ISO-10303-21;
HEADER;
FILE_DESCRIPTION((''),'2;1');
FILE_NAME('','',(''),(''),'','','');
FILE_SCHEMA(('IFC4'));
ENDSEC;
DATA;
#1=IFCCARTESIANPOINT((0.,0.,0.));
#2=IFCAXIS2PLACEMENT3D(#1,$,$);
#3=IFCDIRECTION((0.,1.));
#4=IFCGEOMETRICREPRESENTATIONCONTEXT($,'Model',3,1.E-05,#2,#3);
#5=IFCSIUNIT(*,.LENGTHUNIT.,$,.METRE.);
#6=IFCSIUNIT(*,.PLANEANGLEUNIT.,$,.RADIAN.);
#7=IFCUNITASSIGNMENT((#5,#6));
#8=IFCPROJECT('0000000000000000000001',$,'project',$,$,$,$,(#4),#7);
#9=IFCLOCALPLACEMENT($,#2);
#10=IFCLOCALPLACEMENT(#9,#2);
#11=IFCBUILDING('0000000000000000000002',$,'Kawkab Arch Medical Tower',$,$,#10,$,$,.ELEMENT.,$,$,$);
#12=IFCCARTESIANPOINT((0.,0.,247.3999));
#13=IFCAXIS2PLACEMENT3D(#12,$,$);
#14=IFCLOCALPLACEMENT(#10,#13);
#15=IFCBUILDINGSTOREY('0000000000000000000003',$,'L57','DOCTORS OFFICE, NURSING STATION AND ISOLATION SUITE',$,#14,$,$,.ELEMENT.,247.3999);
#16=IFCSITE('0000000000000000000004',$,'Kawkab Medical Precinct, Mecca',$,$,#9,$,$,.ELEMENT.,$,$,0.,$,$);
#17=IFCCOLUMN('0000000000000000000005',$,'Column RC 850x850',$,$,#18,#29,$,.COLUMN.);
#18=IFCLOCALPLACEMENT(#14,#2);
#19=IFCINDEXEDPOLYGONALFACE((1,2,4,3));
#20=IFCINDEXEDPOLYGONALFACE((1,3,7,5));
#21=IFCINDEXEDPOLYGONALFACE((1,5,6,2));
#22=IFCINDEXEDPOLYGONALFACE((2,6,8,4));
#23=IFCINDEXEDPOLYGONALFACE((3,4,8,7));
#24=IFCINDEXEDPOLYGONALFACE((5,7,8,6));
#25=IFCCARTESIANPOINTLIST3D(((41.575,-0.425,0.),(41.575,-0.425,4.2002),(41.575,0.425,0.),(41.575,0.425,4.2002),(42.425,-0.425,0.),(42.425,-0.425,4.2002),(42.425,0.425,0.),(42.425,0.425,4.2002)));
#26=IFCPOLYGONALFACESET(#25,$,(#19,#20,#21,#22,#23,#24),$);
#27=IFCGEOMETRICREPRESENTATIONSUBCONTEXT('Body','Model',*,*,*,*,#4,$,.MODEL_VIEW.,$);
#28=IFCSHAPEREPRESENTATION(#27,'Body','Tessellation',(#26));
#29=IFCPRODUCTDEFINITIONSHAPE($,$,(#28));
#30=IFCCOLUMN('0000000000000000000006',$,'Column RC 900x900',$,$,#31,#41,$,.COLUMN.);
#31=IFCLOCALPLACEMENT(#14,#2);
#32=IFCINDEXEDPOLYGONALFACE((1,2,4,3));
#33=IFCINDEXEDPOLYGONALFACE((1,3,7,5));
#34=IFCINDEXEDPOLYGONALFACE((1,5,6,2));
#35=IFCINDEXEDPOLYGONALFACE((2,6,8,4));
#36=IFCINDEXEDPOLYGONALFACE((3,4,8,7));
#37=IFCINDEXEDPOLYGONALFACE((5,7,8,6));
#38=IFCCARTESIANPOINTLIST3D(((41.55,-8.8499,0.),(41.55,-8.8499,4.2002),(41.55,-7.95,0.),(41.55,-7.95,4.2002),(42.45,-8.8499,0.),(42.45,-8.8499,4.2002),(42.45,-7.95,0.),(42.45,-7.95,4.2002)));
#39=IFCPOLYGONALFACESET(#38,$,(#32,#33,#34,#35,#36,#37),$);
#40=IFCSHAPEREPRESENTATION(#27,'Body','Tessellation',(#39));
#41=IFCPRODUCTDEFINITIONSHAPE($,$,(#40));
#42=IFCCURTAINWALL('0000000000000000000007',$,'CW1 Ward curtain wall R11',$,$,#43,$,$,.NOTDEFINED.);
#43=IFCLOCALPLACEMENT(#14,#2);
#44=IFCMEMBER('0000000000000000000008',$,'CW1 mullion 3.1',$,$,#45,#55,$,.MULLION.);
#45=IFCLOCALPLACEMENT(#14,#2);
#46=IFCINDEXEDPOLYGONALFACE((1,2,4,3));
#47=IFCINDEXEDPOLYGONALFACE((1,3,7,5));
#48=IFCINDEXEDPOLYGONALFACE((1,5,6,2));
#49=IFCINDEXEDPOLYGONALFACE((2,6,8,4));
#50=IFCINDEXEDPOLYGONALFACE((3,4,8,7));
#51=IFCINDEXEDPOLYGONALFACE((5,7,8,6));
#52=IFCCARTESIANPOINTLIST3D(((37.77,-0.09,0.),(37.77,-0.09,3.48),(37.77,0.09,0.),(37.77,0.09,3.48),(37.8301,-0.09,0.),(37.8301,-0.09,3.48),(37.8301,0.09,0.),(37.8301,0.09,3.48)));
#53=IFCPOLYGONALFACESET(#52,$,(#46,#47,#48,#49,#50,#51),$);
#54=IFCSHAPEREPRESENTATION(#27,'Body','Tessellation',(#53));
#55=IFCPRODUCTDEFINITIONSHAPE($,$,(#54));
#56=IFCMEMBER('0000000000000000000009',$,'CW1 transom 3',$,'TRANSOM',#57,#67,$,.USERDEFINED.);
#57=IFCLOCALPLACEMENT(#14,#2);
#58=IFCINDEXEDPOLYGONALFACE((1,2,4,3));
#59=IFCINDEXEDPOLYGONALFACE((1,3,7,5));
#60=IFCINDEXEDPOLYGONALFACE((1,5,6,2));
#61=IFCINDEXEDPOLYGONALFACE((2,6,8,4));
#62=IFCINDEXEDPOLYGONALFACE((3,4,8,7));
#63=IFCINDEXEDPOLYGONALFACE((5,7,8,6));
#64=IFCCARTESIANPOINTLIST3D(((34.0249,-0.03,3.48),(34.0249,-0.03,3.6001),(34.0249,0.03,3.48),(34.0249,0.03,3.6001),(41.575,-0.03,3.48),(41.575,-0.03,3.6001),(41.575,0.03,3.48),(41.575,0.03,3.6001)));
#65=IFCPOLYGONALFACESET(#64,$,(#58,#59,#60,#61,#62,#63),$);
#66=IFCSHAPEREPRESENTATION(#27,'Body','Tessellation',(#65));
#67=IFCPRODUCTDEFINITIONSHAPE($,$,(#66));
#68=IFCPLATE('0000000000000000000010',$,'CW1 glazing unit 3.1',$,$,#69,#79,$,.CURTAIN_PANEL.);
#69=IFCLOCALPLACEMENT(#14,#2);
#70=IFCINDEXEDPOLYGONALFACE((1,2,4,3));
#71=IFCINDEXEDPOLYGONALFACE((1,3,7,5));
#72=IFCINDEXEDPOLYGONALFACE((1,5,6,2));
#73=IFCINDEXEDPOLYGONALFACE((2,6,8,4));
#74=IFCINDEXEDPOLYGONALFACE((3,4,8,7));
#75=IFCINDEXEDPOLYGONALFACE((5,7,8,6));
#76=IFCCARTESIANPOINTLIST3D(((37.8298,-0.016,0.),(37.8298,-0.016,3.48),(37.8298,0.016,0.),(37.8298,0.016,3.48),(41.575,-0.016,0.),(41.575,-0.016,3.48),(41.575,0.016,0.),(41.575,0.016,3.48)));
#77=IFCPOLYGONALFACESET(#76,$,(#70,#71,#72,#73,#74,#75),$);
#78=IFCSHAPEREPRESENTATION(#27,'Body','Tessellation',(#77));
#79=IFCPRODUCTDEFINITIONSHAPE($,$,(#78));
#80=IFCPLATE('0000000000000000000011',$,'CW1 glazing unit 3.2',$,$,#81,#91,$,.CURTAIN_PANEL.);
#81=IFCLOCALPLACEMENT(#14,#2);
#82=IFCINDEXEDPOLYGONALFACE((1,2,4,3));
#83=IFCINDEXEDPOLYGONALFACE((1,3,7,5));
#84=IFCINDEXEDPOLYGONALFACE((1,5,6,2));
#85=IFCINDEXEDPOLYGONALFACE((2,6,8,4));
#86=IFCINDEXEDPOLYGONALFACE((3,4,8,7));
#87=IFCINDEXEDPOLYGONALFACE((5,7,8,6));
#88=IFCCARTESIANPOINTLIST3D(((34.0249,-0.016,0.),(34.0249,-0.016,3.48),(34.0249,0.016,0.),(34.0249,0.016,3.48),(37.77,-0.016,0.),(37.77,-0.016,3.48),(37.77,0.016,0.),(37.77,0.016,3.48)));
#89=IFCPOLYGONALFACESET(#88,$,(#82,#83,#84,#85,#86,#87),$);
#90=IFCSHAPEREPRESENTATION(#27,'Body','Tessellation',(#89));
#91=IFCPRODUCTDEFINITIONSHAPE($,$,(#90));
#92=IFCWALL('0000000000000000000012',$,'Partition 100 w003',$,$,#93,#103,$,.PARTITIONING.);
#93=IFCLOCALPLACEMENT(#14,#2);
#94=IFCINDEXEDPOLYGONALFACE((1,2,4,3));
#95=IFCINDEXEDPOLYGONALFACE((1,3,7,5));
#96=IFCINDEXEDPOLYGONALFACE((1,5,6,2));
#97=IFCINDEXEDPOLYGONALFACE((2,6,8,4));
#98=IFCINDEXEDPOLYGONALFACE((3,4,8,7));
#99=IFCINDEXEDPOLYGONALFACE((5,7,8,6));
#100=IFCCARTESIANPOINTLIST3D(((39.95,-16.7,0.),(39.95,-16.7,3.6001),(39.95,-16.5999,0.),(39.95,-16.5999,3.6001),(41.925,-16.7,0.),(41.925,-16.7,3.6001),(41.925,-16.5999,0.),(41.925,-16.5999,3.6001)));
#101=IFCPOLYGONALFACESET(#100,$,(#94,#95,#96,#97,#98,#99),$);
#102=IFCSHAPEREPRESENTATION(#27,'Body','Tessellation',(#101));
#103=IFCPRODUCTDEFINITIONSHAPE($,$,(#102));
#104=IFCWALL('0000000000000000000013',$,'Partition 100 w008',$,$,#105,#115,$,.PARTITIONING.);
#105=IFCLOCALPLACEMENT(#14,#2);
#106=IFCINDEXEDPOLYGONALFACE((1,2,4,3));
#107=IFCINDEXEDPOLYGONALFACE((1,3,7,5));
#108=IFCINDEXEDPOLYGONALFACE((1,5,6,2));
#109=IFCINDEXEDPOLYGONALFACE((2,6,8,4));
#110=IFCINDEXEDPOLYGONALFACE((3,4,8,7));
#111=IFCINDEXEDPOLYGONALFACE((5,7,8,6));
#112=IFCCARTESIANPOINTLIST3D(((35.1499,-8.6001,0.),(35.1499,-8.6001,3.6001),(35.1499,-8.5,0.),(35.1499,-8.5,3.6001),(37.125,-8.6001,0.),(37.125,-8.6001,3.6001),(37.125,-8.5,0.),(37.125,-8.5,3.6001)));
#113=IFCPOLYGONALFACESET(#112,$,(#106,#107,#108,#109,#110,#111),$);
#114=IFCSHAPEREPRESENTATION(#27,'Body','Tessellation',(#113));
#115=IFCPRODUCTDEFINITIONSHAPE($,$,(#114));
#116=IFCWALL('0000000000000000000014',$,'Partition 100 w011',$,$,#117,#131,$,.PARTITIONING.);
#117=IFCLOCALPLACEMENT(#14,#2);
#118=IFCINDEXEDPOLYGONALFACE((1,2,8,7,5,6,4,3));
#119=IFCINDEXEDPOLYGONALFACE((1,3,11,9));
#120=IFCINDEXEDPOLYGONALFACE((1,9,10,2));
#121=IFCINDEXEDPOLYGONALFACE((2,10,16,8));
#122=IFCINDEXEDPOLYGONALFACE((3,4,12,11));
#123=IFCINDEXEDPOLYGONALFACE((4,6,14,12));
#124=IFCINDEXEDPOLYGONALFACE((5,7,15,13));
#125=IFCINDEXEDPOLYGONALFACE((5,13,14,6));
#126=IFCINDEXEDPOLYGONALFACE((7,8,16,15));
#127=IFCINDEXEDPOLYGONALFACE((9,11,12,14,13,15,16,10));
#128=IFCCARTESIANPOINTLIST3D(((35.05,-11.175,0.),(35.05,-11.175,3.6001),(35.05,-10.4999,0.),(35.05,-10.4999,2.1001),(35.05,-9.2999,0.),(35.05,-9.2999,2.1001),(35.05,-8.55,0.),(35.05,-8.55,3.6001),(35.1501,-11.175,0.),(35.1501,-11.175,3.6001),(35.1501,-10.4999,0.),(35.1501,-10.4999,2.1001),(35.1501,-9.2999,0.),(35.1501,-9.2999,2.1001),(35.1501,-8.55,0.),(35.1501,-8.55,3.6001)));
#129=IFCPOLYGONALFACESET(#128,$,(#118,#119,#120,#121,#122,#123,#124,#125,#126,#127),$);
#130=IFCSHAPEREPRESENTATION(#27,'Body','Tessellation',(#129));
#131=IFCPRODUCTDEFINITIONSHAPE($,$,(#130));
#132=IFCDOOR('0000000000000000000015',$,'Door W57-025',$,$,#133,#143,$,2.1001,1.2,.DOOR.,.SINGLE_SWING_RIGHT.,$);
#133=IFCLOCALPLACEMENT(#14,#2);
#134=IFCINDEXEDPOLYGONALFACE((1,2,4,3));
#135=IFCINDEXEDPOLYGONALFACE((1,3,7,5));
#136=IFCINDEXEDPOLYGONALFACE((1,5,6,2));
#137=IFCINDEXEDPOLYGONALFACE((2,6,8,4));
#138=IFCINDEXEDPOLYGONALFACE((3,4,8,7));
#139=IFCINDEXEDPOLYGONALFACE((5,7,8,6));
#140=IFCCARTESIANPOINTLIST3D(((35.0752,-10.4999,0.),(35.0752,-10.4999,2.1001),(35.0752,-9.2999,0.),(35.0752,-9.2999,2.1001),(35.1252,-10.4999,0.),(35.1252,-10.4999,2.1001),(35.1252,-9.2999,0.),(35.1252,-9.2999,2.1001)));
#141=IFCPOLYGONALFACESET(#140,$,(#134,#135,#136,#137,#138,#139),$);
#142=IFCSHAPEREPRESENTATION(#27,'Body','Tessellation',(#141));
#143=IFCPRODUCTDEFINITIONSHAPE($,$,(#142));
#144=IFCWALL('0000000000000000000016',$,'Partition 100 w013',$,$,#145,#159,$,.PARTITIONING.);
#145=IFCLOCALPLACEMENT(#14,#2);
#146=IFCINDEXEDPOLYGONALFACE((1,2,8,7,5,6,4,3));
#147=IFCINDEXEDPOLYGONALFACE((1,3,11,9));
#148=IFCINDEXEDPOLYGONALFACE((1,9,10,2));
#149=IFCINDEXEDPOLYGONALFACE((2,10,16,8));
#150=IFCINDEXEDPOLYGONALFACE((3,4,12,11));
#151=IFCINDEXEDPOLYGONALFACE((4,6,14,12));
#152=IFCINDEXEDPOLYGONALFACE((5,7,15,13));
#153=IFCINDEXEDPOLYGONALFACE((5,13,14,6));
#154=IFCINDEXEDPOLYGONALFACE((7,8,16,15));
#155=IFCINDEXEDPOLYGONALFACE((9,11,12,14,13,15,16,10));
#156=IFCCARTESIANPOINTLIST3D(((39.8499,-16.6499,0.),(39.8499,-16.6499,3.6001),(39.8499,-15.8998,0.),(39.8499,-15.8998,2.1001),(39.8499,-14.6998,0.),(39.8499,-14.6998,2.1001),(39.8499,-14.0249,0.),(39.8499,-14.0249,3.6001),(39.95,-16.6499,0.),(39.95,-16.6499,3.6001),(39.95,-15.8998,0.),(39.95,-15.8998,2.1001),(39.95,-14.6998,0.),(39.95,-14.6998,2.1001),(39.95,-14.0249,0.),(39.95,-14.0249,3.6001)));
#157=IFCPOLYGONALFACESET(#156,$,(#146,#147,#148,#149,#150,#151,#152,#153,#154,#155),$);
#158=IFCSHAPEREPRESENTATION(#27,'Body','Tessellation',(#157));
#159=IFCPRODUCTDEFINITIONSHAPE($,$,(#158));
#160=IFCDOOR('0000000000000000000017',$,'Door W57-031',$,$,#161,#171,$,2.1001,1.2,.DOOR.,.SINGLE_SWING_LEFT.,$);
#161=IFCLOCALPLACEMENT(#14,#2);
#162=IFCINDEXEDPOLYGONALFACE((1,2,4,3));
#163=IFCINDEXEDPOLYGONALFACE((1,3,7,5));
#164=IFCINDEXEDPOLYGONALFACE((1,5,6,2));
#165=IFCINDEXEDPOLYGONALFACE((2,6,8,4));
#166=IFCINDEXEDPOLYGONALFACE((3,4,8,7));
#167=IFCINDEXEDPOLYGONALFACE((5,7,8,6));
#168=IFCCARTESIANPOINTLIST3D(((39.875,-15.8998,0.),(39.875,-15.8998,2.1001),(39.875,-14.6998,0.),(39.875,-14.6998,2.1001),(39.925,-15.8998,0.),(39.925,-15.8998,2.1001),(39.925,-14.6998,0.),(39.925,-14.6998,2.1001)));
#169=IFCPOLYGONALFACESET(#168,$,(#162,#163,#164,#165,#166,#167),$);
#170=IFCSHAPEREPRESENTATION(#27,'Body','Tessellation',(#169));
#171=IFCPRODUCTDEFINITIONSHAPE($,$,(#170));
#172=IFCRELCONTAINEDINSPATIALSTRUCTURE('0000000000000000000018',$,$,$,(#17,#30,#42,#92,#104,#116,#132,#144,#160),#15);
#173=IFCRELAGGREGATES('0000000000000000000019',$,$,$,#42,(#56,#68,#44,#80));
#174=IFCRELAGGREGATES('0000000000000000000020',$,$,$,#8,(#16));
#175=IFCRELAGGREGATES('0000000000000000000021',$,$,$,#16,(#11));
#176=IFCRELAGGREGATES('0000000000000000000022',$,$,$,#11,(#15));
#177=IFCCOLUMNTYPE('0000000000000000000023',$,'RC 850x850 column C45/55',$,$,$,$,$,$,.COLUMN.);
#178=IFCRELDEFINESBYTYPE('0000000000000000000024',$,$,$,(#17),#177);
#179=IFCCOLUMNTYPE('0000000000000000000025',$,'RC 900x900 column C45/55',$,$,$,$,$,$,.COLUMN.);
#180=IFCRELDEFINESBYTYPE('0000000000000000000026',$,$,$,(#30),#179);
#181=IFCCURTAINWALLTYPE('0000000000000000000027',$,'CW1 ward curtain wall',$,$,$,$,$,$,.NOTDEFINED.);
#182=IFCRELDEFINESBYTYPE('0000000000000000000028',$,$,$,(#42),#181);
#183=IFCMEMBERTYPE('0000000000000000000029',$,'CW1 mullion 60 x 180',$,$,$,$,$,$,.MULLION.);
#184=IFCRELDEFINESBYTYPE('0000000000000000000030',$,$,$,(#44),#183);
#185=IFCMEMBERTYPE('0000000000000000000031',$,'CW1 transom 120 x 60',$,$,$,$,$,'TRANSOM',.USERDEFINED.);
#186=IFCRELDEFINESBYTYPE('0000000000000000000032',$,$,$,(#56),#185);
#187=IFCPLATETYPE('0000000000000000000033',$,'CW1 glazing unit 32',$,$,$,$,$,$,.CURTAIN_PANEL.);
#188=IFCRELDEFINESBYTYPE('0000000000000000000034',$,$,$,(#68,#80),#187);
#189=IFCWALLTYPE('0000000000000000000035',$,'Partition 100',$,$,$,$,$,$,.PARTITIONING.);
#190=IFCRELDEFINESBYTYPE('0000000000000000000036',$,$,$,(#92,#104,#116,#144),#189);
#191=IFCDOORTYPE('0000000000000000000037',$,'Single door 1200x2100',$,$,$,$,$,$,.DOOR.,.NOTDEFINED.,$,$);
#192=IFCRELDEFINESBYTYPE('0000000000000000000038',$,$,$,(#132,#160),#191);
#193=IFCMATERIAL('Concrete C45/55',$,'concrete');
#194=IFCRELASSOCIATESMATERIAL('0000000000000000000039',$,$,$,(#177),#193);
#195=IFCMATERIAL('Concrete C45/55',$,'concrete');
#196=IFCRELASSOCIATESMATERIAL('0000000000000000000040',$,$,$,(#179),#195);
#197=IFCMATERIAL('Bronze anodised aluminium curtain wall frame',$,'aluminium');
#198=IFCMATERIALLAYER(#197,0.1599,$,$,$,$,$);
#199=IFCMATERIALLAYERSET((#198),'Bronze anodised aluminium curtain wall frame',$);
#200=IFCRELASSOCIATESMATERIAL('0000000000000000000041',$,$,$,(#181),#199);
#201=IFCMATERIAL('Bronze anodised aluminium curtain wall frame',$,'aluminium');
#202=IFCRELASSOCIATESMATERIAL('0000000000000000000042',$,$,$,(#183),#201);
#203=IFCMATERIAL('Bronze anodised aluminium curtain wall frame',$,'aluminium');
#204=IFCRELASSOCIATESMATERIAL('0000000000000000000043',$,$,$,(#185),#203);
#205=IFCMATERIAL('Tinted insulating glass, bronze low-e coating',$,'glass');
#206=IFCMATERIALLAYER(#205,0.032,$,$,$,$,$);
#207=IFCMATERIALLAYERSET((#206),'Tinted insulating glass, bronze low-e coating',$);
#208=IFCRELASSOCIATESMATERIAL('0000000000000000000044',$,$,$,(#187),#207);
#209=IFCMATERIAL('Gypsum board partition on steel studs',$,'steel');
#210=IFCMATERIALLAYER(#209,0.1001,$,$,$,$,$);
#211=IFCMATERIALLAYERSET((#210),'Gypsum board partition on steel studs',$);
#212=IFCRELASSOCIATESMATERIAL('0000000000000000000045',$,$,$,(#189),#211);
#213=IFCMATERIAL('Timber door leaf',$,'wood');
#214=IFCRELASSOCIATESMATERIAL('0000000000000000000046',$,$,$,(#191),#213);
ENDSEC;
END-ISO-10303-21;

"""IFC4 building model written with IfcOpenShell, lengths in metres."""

from ifc_helpers import new_model, si_unit, direction, frame, frame_2d, origin, origin_2d, place, context, subcontext, project, spatial, rectangle, extrude, material, layer, layer_set, material_profile, profile_set, type_object, element, fill, aggregate, save


model = new_model("IFC4")

# Units and contexts
model_context = context("Model", 3, precision=1e-05, world=origin(), true_north=direction((0.0, 1.0)))
body_context = subcontext(model_context, "Body", "Model", "MODEL_VIEW")
ifc_project = project(units=[si_unit("LENGTHUNIT", "METRE"), si_unit("PLANEANGLEUNIT", "RADIAN")], contexts=[model_context])

# Site, building, storey
site_placement = place(None, origin())
site = spatial("IfcSite", under=ifc_project, at=site_placement, Name="Kawkab Medical Precinct, Mecca", CompositionType="ELEMENT", RefElevation=0.0)
building_placement = place(site_placement, origin())
building = spatial("IfcBuilding", under=site, at=building_placement, Name="Kawkab Arch Medical Tower", CompositionType="ELEMENT")
storey_placement = place(building_placement, frame((0.0, 0.0, 247.3999)))
storey = spatial("IfcBuildingStorey", under=building, at=storey_placement, Name="L57", Description="DOCTORS OFFICE, NURSING STATION AND ISOLATION SUITE", CompositionType="ELEMENT", Elevation=247.3999)

# Columns
ifc_material_1 = material(Name="Concrete C45/55", Category="concrete")
ifc_material_profile_1 = material_profile(ifc_material_1, rectangle(XDim=0.8501, YDim=0.8501, at=origin_2d()), Name="RC 850x850")
ifc_profile_set_1 = profile_set([ifc_material_profile_1], Name="Concrete C45/55")
column_type_1 = type_object("IfcColumnType", Name="RC 850x850 column C45/55", PredefinedType="COLUMN", material=ifc_profile_set_1)
column_1_placement = place(storey_placement, frame((42.0, 0.0, 0.0), z_axis=(0.0, 0.0, 1.0), x_axis=(1.0, 0.0, 0.0)))
element("IfcColumn", 1, at=column_1_placement, inside=storey, type_object=column_type_1, Name="Column RC 850x850", PredefinedType="COLUMN", context=body_context, shape_type="SweptSolid", body=[
    extrude(rectangle(XDim=0.8501, YDim=0.8501, at=origin_2d()), origin(), (0.0, 0.0, 1.0), 4.2002),
])
ifc_material_2 = material(Name="Concrete C45/55", Category="concrete")
ifc_material_profile_2 = material_profile(ifc_material_2, rectangle(XDim=0.8999, YDim=0.8999, at=origin_2d()), Name="RC 900x900")
ifc_profile_set_2 = profile_set([ifc_material_profile_2], Name="Concrete C45/55")
column_type_2 = type_object("IfcColumnType", Name="RC 900x900 column C45/55", PredefinedType="COLUMN", material=ifc_profile_set_2)
column_2_placement = place(storey_placement, frame((42.0, -8.3999, 0.0), z_axis=(0.0, 0.0, 1.0), x_axis=(1.0, 0.0, 0.0)))
element("IfcColumn", 2, at=column_2_placement, inside=storey, type_object=column_type_2, Name="Column RC 900x900", PredefinedType="COLUMN", context=body_context, shape_type="SweptSolid", body=[
    extrude(rectangle(XDim=0.8999, YDim=0.8999, at=origin_2d()), origin(), (0.0, 0.0, 1.0), 4.2002),
])

# Curtain wall, members, plates
ifc_material_3 = material(Name="Bronze anodised aluminium curtain wall frame", Category="aluminium")
ifc_layer_1 = layer(ifc_material_3, 0.1599)
ifc_layer_set_1 = layer_set([ifc_layer_1], Name="Bronze anodised aluminium curtain wall frame")
curtain_wall_type = type_object("IfcCurtainWallType", Name="CW1 ward curtain wall", PredefinedType="NOTDEFINED", material=ifc_layer_set_1)
curtain_wall_placement = place(storey_placement, origin())
curtain_wall = element("IfcCurtainWall", 3, at=curtain_wall_placement, inside=storey, type_object=curtain_wall_type, Name="CW1 Ward curtain wall R11", PredefinedType="NOTDEFINED")
ifc_material_4 = material(Name="Bronze anodised aluminium curtain wall frame", Category="aluminium")
ifc_material_profile_3 = material_profile(ifc_material_4, rectangle(XDim=0.1799, YDim=0.0601, at=origin_2d()), Name="AL 60x180")
ifc_profile_set_3 = profile_set([ifc_material_profile_3], Name="Bronze anodised aluminium curtain wall frame")
member_type_1 = type_object("IfcMemberType", Name="CW1 mullion 60 x 180", PredefinedType="MULLION", material=ifc_profile_set_3)
member_1_placement = place(storey_placement, frame((37.8, 0.0, 0.0), z_axis=(0.0, 0.0, 1.0), x_axis=(0.0, -1.0, 0.0)))
member_1 = element("IfcMember", 4, at=member_1_placement, type_object=member_type_1, Name="CW1 mullion 3.1", PredefinedType="MULLION", context=body_context, shape_type="SweptSolid", body=[
    extrude(rectangle(XDim=0.1799, YDim=0.0601, at=origin_2d()), origin(), (0.0, 0.0, 1.0), 3.48),
])
ifc_material_5 = material(Name="Bronze anodised aluminium curtain wall frame", Category="aluminium")
ifc_material_profile_4 = material_profile(ifc_material_5, rectangle(XDim=0.0601, YDim=0.1201, at=origin_2d()), Name="AL 60x120")
ifc_profile_set_4 = profile_set([ifc_material_profile_4], Name="Bronze anodised aluminium curtain wall frame")
member_type_2 = type_object("IfcMemberType", Name="CW1 transom 120 x 60", ElementType="TRANSOM", PredefinedType="USERDEFINED", material=ifc_profile_set_4)
member_2_placement = place(storey_placement, frame((41.575, 0.0, 3.54), z_axis=(-1.0, 0.0, 0.0), x_axis=(0.0, -1.0, 0.0)))
member_2 = element("IfcMember", 5, at=member_2_placement, type_object=member_type_2, Name="CW1 transom 3", ObjectType="TRANSOM", PredefinedType="USERDEFINED", context=body_context, shape_type="SweptSolid", body=[
    extrude(rectangle(XDim=0.0601, YDim=0.1201, at=origin_2d()), origin(), (0.0, 0.0, 1.0), 7.55),
])
ifc_material_6 = material(Name="Tinted insulating glass, bronze low-e coating", Category="glass")
ifc_layer_2 = layer(ifc_material_6, 0.032)
ifc_layer_set_2 = layer_set([ifc_layer_2], Name="Tinted insulating glass, bronze low-e coating")
plate_type = type_object("IfcPlateType", Name="CW1 glazing unit 32", PredefinedType="CURTAIN_PANEL", material=ifc_layer_set_2)
plate_1_placement = place(storey_placement, frame((39.7024, 0.0, 0.0), z_axis=(0.0, 0.0, 1.0), x_axis=(-1.0, 0.0, 0.0)))
plate_1 = element("IfcPlate", 6, at=plate_1_placement, type_object=plate_type, Name="CW1 glazing unit 3.1", PredefinedType="CURTAIN_PANEL", context=body_context, shape_type="SweptSolid", body=[
    extrude(rectangle(XDim=3.7451, YDim=0.032, at=origin_2d()), origin(), (0.0, 0.0, 1.0), 3.48),
])
plate_2_placement = place(storey_placement, frame((35.8975, 0.0, 0.0), z_axis=(0.0, 0.0, 1.0), x_axis=(-1.0, 0.0, 0.0)))
plate_2 = element("IfcPlate", 7, at=plate_2_placement, type_object=plate_type, Name="CW1 glazing unit 3.2", PredefinedType="CURTAIN_PANEL", context=body_context, shape_type="SweptSolid", body=[
    extrude(rectangle(XDim=3.7451, YDim=0.032, at=origin_2d()), origin(), (0.0, 0.0, 1.0), 3.48),
])
aggregate(curtain_wall, [member_2, plate_1, member_1, plate_2])

# Walls
ifc_material_7 = material(Name="Gypsum board partition on steel studs", Category="steel")
ifc_layer_3 = layer(ifc_material_7, 0.1001)
ifc_layer_set_3 = layer_set([ifc_layer_3], Name="Gypsum board partition on steel studs")
wall_type_1 = type_object("IfcWallType", Name="Partition 100", PredefinedType="PARTITIONING", material=ifc_layer_set_3)
for number, where, z_axis, x_axis, name in (
    (8, (39.95, -16.6499, 0.0), (0.0, 0.0, 1.0), (1.0, 0.0, 0.0), "Partition 100 w003"),
    (9, (35.1499, -8.55, 0.0), (0.0, 0.0, 1.0), (1.0, 0.0, 0.0), "Partition 100 w008"),
):
    element("IfcWall", number, at=place(storey_placement, frame(where, z_axis=z_axis, x_axis=x_axis)), inside=storey, type_object=wall_type_1, Name=name, PredefinedType="PARTITIONING", context=body_context, shape_type="SweptSolid", body=[
        extrude(rectangle(XDim=1.9751, YDim=0.1001, at=frame_2d((0.9875, 0.0))), origin(), (0.0, 0.0, 1.0), 3.6001),
    ])

# Walls, openings, doors
wall_1_placement = place(storey_placement, frame((35.1001, -11.175, 0.0), z_axis=(0.0, 0.0, 1.0), x_axis=(0.0, 1.0, 0.0)))
wall_1 = element("IfcWall", 10, at=wall_1_placement, inside=storey, type_object=wall_type_1, Name="Partition 100 w011", PredefinedType="PARTITIONING", context=body_context, shape_type="SweptSolid", body=[
    extrude(rectangle(XDim=2.625, YDim=0.1001, at=frame_2d((1.3125, 0.0))), origin(), (0.0, 0.0, 1.0), 3.6001),
])
opening_1_placement = place(wall_1_placement, frame((0.675, 0.0, 0.0)))
opening_1 = element("IfcOpeningElement", 11, at=opening_1_placement, cuts=wall_1, PredefinedType="OPENING", context=body_context, shape_type="SweptSolid", body=[
    extrude(rectangle(XDim=1.2, YDim=2.1001, at=frame_2d((0.6001, 1.05))), frame((0.0, 0.0601, 0.0), z_axis=(0.0, -1.0, 0.0), x_axis=(1.0, 0.0, 0.0)), (0.0, 0.0, 1.0), 0.1201),
])
ifc_material_8 = material(Name="Timber door leaf", Category="wood")
door_type_1 = type_object("IfcDoorType", Name="Single door 1200x2100", OperationType="NOTDEFINED", PredefinedType="DOOR", material=ifc_material_8)
door_1_placement = place(opening_1_placement, origin())
door_1 = element("IfcDoor", 12, at=door_1_placement, inside=storey, type_object=door_type_1, Name="Door W57-025", OperationType="SINGLE_SWING_RIGHT", OverallHeight=2.1001, OverallWidth=1.2, PredefinedType="DOOR", context=body_context, shape_type="SweptSolid", body=[
    extrude(rectangle(XDim=1.2, YDim=2.1001, at=frame_2d((0.6001, 1.05))), frame((0.0, 0.0249, 0.0), z_axis=(0.0, -1.0, 0.0), x_axis=(1.0, 0.0, 0.0)), (0.0, 0.0, 1.0), 0.05),
])
fill(opening_1, door_1)
wall_2_placement = place(storey_placement, frame((39.8999, -16.6499, 0.0), z_axis=(0.0, 0.0, 1.0), x_axis=(0.0, 1.0, 0.0)))
wall_2 = element("IfcWall", 13, at=wall_2_placement, inside=storey, type_object=wall_type_1, Name="Partition 100 w013", PredefinedType="PARTITIONING", context=body_context, shape_type="SweptSolid", body=[
    extrude(rectangle(XDim=2.625, YDim=0.1001, at=frame_2d((1.3125, 0.0))), origin(), (0.0, 0.0, 1.0), 3.6001),
])
opening_2_placement = place(wall_2_placement, frame((0.75, 0.0, 0.0)))
opening_2 = element("IfcOpeningElement", 14, at=opening_2_placement, cuts=wall_2, PredefinedType="OPENING", context=body_context, shape_type="SweptSolid", body=[
    extrude(rectangle(XDim=1.2, YDim=2.1001, at=frame_2d((0.6001, 1.05))), frame((0.0, 0.0601, 0.0), z_axis=(0.0, -1.0, 0.0), x_axis=(1.0, 0.0, 0.0)), (0.0, 0.0, 1.0), 0.1201),
])
door_2_placement = place(opening_2_placement, origin())
door_2 = element("IfcDoor", 15, at=door_2_placement, inside=storey, type_object=door_type_1, Name="Door W57-031", OperationType="SINGLE_SWING_LEFT", OverallHeight=2.1001, OverallWidth=1.2, PredefinedType="DOOR", context=body_context, shape_type="SweptSolid", body=[
    extrude(rectangle(XDim=1.2, YDim=2.1001, at=frame_2d((0.6001, 1.05))), frame((0.0, 0.0249, 0.0), z_axis=(0.0, -1.0, 0.0), x_axis=(1.0, 0.0, 0.0)), (0.0, 0.0, 1.0), 0.05),
])
fill(opening_2, door_2)

save(model, "model.ifc")
